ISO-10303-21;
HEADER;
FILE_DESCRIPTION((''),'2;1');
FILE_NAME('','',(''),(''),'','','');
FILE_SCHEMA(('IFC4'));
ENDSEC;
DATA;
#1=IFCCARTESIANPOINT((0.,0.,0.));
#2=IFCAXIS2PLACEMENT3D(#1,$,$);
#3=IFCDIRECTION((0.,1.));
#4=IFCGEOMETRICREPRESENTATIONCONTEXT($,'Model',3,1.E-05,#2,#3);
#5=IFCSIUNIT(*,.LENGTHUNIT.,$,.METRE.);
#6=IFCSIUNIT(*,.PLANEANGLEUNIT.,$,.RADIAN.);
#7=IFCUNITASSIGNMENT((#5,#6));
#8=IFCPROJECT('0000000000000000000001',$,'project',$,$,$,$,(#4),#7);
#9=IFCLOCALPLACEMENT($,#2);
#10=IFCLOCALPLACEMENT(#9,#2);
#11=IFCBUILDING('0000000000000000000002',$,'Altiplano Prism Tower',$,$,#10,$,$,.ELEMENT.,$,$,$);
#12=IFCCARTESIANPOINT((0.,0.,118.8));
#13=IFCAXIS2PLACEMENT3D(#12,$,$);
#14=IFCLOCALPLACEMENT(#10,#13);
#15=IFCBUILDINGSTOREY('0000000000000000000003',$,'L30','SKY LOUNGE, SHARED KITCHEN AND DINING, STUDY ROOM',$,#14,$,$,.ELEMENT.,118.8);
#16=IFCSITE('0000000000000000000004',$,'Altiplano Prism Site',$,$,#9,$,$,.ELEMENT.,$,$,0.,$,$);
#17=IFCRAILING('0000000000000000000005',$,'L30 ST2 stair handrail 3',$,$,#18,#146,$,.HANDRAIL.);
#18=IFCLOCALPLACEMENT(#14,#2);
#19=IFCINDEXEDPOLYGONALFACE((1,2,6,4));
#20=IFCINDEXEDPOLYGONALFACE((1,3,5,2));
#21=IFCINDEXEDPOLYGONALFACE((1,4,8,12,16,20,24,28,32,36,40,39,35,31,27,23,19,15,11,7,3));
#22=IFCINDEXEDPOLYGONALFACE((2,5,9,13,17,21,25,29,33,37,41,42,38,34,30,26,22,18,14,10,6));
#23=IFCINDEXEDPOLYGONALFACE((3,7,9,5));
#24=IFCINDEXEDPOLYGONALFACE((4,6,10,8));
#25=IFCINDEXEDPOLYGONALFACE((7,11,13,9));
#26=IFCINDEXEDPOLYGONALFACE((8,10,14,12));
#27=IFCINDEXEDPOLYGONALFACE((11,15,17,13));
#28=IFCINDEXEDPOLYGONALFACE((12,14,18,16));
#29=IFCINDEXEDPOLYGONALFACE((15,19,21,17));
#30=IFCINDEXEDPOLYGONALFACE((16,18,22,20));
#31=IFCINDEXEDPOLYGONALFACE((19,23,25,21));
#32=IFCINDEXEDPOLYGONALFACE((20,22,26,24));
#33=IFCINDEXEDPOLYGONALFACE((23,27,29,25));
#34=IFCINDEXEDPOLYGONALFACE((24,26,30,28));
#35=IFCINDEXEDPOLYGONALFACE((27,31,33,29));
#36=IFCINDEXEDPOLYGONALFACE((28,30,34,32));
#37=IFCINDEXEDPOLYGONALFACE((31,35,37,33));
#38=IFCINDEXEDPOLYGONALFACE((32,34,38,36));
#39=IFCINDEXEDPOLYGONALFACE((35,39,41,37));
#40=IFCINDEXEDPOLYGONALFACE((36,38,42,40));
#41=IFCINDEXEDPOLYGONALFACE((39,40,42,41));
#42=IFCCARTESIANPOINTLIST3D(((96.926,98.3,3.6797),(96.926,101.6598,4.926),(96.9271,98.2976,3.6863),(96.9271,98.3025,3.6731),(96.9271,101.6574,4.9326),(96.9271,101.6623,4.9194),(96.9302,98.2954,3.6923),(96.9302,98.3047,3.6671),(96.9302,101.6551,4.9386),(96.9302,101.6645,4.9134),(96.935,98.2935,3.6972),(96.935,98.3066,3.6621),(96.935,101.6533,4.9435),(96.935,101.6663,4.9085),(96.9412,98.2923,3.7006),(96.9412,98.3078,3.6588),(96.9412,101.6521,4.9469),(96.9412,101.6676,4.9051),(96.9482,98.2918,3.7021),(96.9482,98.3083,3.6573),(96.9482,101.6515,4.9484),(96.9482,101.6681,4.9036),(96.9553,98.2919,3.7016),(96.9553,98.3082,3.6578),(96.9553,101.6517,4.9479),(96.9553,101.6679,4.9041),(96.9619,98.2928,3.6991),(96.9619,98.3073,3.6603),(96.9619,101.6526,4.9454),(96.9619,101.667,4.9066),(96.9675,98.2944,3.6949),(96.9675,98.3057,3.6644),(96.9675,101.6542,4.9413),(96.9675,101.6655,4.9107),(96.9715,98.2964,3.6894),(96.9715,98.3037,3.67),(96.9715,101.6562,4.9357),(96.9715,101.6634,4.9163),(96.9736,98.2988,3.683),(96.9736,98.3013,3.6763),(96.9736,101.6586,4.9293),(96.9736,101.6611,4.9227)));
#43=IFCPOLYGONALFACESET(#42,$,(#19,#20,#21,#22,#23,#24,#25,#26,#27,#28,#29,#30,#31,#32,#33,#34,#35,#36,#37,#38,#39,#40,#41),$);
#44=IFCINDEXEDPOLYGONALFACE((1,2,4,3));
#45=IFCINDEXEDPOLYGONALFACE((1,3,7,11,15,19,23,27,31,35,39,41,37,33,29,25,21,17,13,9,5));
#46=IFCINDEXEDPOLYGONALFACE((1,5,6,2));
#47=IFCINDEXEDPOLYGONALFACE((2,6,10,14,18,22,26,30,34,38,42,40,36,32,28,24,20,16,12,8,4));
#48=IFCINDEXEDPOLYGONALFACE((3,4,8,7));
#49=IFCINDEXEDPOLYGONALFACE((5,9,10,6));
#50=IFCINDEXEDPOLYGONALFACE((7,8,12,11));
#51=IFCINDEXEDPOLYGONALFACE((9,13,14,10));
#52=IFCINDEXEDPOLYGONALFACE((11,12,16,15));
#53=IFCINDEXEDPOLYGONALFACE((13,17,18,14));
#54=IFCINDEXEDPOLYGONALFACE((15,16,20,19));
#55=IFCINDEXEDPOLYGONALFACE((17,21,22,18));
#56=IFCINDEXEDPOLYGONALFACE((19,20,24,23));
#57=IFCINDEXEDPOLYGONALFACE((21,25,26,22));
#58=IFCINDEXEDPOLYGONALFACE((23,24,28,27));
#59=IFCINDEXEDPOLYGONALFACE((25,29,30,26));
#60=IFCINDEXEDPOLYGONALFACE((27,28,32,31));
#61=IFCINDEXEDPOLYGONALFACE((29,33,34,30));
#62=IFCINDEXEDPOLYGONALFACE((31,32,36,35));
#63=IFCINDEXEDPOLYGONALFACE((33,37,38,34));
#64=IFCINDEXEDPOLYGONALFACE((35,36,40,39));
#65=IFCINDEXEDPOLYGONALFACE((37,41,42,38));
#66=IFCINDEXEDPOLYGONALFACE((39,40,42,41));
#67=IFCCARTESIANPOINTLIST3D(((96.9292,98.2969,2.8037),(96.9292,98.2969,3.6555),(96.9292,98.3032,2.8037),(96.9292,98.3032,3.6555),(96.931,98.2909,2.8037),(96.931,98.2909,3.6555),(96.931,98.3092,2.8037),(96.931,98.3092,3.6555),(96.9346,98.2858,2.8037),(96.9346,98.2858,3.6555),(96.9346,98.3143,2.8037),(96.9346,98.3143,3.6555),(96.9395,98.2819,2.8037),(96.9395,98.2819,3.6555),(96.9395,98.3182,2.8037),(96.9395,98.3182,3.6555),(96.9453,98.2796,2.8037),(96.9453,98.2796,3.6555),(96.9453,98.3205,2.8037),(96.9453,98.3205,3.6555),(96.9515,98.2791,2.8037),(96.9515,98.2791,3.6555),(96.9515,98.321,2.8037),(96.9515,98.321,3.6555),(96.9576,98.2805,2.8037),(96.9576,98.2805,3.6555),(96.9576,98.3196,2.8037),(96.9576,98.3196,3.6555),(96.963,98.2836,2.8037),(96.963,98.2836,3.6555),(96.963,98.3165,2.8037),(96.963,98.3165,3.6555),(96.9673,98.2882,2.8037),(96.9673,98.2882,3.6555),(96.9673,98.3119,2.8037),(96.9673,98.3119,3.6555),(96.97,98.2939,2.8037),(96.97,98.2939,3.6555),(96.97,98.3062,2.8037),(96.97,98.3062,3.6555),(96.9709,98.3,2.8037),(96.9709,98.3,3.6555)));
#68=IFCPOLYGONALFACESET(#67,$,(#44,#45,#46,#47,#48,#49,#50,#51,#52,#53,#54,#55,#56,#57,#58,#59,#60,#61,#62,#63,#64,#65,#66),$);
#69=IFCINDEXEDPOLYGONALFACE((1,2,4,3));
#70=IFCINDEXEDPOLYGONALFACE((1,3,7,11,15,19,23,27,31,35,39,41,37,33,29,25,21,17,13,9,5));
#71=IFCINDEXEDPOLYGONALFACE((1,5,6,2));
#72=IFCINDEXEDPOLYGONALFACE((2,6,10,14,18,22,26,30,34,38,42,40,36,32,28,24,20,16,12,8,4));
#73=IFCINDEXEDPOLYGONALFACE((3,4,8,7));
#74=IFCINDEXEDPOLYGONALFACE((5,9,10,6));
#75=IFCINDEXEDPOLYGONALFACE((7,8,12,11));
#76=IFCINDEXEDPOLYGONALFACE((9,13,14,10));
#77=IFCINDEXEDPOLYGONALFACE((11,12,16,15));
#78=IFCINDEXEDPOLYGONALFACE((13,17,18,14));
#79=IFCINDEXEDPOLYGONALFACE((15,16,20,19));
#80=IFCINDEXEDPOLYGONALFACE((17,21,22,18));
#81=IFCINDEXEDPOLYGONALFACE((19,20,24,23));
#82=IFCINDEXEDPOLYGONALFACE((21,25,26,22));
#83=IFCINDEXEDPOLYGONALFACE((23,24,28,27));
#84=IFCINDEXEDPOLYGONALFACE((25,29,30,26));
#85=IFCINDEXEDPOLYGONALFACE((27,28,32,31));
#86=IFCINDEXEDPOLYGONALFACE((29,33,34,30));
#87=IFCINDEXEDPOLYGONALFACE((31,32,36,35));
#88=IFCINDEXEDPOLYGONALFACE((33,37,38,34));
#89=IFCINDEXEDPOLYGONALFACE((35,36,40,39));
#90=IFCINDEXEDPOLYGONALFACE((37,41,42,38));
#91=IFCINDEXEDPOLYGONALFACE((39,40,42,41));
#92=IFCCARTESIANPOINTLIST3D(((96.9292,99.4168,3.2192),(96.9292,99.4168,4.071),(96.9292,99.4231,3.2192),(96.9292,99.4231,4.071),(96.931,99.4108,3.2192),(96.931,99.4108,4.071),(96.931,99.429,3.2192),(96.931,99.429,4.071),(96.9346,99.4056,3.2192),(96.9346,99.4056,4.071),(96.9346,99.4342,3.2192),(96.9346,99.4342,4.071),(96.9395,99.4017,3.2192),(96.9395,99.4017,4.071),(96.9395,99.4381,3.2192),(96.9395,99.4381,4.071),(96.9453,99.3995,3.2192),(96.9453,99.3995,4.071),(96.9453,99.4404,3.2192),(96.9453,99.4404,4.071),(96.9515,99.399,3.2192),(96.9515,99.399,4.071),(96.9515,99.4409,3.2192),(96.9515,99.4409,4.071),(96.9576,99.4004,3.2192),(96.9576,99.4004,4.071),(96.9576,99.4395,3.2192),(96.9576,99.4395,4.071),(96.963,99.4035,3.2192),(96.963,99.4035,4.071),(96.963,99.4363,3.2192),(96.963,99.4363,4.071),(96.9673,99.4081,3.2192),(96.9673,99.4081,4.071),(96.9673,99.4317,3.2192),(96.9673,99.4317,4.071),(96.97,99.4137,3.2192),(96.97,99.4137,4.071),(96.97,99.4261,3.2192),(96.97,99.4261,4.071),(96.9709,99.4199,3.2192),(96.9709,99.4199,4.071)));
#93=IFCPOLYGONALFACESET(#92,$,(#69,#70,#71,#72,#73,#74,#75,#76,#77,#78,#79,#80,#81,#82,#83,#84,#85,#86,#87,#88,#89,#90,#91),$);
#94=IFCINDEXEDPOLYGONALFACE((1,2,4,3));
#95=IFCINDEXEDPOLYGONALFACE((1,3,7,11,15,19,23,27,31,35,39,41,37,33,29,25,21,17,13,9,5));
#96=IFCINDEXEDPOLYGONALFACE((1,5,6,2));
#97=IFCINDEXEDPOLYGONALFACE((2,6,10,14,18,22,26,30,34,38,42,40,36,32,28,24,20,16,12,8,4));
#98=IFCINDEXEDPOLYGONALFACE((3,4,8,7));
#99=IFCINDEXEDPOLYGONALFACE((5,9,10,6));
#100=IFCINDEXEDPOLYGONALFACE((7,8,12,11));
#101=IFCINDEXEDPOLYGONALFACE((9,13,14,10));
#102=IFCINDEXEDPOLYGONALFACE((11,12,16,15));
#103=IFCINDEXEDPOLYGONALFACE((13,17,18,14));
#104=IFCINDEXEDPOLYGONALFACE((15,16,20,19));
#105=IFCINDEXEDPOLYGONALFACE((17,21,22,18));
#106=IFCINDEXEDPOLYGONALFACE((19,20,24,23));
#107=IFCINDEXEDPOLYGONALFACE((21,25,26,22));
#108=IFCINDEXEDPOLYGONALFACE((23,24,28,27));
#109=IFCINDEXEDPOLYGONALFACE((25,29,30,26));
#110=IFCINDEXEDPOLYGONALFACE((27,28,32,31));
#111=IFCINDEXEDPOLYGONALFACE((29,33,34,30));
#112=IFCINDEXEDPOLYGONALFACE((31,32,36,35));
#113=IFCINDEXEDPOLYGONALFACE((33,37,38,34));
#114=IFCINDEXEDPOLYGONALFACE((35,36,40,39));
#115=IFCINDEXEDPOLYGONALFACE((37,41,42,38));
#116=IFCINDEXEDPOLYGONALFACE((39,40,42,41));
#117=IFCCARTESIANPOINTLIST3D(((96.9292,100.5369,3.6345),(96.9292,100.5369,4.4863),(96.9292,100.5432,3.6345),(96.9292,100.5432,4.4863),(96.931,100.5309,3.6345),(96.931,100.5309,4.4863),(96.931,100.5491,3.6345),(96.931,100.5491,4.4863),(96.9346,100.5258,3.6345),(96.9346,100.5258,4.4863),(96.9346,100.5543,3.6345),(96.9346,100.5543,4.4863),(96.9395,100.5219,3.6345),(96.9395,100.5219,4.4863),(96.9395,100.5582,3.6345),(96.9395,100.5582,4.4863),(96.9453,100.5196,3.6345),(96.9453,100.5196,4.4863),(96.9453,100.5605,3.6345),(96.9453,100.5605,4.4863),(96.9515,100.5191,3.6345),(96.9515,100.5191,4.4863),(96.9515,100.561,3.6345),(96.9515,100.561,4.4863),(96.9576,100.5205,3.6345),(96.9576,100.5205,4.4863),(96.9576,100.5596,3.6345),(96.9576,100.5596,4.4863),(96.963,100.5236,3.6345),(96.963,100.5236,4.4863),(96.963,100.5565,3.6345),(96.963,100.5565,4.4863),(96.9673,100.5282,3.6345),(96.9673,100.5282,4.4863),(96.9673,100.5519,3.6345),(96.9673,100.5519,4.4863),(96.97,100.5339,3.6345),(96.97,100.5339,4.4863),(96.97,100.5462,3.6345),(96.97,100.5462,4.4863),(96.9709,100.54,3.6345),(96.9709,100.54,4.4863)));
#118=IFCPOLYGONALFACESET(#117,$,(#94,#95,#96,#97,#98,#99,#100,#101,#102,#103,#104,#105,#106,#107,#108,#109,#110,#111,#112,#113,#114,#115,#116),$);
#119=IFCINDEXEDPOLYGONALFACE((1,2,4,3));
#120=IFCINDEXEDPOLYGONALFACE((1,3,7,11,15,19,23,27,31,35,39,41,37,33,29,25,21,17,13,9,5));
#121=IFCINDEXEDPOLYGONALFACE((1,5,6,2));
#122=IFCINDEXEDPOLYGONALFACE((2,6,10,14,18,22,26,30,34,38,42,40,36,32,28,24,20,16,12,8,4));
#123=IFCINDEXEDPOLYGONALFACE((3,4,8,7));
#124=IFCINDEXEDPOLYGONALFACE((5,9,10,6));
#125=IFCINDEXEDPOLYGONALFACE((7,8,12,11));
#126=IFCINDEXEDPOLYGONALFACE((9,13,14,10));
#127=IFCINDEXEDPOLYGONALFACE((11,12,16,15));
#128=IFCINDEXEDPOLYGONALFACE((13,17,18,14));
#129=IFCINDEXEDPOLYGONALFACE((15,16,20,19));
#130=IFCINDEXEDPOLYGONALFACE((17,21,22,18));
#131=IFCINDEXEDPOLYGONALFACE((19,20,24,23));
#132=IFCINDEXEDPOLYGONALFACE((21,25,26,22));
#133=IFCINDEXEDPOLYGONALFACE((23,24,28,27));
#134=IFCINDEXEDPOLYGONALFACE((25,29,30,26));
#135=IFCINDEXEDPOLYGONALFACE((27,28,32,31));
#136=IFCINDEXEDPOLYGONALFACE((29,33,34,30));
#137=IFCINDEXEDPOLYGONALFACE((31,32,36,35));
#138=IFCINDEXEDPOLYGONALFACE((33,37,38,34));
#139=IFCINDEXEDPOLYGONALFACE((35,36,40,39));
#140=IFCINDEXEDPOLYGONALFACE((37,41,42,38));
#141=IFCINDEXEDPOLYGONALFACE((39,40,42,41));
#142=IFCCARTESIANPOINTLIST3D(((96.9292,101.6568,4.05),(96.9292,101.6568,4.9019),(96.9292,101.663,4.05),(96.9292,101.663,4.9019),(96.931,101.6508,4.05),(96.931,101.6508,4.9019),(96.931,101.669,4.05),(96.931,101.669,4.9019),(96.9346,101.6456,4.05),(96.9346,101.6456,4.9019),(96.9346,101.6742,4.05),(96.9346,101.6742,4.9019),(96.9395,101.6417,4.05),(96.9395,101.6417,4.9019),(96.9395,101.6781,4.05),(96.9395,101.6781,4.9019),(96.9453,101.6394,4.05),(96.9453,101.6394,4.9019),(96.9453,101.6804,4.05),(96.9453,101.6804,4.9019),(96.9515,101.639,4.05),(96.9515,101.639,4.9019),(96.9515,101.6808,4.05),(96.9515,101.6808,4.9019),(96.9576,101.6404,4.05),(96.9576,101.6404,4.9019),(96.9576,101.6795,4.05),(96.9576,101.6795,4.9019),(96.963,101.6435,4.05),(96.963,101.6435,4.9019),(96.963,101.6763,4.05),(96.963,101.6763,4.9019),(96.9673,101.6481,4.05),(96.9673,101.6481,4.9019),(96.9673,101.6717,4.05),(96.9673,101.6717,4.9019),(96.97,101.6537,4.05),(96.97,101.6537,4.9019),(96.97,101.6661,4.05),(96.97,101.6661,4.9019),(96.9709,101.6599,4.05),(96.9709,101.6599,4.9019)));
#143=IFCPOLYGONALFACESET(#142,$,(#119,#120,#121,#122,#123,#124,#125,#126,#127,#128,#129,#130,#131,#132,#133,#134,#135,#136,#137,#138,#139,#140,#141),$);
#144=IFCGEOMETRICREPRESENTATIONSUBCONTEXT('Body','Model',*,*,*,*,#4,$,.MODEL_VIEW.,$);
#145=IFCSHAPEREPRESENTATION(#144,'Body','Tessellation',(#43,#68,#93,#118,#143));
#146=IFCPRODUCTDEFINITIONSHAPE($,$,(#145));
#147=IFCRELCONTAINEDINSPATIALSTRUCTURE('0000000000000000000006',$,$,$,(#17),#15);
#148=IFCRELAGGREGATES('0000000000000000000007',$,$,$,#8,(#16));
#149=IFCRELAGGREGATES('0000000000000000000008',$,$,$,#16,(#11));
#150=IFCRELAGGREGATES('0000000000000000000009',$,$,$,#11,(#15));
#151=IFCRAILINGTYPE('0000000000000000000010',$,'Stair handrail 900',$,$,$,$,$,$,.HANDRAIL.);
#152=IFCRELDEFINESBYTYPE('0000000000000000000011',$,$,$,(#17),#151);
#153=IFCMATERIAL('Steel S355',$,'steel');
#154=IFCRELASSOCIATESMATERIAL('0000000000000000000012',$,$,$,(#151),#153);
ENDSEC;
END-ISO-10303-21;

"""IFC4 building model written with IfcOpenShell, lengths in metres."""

from ifc_helpers import new_model, si_unit, direction, frame, origin, origin_2d, place, context, subcontext, project, spatial, circle, extrude, material, type_object, element, save


model = new_model("IFC4")

# Units and contexts
model_context = context("Model", 3, precision=1e-05, world=origin(), true_north=direction((0.0, 1.0)))
body_context = subcontext(model_context, "Body", "Model", "MODEL_VIEW")
ifc_project = project(units=[si_unit("LENGTHUNIT", "METRE"), si_unit("PLANEANGLEUNIT", "RADIAN")], contexts=[model_context])

# Site, building, storey
site_placement = place(None, origin())
site = spatial("IfcSite", under=ifc_project, at=site_placement, Name="Altiplano Prism Site", CompositionType="ELEMENT", RefElevation=0.0)
building_placement = place(site_placement, origin())
building = spatial("IfcBuilding", under=site, at=building_placement, Name="Altiplano Prism Tower", CompositionType="ELEMENT")
storey_placement = place(building_placement, frame((0.0, 0.0, 118.8)))
storey = spatial("IfcBuildingStorey", under=building, at=storey_placement, Name="L30", Description="SKY LOUNGE, SHARED KITCHEN AND DINING, STUDY ROOM", CompositionType="ELEMENT", Elevation=118.8)

# Railing
ifc_material_1 = material(Name="Steel S355", Category="steel")
railing_type = type_object("IfcRailingType", Name="Stair handrail 900", PredefinedType="HANDRAIL", material=ifc_material_1)
railing_1_placement = place(storey_placement, frame((96.95, 98.3, 2.8037)))
element("IfcRailing", 1, at=railing_1_placement, inside=storey, type_object=railing_type, Name="L30 ST2 stair handrail 3", PredefinedType="HANDRAIL", context=body_context, shape_type="SweptSolid", body=[
    extrude(circle(Radius=0.0239, at=origin_2d()), frame((0.0, 0.0, 0.876), z_axis=(0.0, 0.937572, 0.347791), x_axis=(-1.0, 0.0, 0.0)), (0.0, 0.0, 1.0), 3.5835),
    extrude(circle(Radius=0.021, at=origin_2d()), origin(), (0.0, 0.0, 1.0), 0.8518),
    extrude(circle(Radius=0.021, at=origin_2d()), frame((0.0, 1.1199, 0.4155)), (0.0, 0.0, 1.0), 0.8518),
    extrude(circle(Radius=0.021, at=origin_2d()), frame((0.0, 2.24, 0.8308)), (0.0, 0.0, 1.0), 0.8518),
    extrude(circle(Radius=0.021, at=origin_2d()), frame((0.0, 3.3599, 1.2463)), (0.0, 0.0, 1.0), 0.8518),
])

save(model, "model.ifc")
